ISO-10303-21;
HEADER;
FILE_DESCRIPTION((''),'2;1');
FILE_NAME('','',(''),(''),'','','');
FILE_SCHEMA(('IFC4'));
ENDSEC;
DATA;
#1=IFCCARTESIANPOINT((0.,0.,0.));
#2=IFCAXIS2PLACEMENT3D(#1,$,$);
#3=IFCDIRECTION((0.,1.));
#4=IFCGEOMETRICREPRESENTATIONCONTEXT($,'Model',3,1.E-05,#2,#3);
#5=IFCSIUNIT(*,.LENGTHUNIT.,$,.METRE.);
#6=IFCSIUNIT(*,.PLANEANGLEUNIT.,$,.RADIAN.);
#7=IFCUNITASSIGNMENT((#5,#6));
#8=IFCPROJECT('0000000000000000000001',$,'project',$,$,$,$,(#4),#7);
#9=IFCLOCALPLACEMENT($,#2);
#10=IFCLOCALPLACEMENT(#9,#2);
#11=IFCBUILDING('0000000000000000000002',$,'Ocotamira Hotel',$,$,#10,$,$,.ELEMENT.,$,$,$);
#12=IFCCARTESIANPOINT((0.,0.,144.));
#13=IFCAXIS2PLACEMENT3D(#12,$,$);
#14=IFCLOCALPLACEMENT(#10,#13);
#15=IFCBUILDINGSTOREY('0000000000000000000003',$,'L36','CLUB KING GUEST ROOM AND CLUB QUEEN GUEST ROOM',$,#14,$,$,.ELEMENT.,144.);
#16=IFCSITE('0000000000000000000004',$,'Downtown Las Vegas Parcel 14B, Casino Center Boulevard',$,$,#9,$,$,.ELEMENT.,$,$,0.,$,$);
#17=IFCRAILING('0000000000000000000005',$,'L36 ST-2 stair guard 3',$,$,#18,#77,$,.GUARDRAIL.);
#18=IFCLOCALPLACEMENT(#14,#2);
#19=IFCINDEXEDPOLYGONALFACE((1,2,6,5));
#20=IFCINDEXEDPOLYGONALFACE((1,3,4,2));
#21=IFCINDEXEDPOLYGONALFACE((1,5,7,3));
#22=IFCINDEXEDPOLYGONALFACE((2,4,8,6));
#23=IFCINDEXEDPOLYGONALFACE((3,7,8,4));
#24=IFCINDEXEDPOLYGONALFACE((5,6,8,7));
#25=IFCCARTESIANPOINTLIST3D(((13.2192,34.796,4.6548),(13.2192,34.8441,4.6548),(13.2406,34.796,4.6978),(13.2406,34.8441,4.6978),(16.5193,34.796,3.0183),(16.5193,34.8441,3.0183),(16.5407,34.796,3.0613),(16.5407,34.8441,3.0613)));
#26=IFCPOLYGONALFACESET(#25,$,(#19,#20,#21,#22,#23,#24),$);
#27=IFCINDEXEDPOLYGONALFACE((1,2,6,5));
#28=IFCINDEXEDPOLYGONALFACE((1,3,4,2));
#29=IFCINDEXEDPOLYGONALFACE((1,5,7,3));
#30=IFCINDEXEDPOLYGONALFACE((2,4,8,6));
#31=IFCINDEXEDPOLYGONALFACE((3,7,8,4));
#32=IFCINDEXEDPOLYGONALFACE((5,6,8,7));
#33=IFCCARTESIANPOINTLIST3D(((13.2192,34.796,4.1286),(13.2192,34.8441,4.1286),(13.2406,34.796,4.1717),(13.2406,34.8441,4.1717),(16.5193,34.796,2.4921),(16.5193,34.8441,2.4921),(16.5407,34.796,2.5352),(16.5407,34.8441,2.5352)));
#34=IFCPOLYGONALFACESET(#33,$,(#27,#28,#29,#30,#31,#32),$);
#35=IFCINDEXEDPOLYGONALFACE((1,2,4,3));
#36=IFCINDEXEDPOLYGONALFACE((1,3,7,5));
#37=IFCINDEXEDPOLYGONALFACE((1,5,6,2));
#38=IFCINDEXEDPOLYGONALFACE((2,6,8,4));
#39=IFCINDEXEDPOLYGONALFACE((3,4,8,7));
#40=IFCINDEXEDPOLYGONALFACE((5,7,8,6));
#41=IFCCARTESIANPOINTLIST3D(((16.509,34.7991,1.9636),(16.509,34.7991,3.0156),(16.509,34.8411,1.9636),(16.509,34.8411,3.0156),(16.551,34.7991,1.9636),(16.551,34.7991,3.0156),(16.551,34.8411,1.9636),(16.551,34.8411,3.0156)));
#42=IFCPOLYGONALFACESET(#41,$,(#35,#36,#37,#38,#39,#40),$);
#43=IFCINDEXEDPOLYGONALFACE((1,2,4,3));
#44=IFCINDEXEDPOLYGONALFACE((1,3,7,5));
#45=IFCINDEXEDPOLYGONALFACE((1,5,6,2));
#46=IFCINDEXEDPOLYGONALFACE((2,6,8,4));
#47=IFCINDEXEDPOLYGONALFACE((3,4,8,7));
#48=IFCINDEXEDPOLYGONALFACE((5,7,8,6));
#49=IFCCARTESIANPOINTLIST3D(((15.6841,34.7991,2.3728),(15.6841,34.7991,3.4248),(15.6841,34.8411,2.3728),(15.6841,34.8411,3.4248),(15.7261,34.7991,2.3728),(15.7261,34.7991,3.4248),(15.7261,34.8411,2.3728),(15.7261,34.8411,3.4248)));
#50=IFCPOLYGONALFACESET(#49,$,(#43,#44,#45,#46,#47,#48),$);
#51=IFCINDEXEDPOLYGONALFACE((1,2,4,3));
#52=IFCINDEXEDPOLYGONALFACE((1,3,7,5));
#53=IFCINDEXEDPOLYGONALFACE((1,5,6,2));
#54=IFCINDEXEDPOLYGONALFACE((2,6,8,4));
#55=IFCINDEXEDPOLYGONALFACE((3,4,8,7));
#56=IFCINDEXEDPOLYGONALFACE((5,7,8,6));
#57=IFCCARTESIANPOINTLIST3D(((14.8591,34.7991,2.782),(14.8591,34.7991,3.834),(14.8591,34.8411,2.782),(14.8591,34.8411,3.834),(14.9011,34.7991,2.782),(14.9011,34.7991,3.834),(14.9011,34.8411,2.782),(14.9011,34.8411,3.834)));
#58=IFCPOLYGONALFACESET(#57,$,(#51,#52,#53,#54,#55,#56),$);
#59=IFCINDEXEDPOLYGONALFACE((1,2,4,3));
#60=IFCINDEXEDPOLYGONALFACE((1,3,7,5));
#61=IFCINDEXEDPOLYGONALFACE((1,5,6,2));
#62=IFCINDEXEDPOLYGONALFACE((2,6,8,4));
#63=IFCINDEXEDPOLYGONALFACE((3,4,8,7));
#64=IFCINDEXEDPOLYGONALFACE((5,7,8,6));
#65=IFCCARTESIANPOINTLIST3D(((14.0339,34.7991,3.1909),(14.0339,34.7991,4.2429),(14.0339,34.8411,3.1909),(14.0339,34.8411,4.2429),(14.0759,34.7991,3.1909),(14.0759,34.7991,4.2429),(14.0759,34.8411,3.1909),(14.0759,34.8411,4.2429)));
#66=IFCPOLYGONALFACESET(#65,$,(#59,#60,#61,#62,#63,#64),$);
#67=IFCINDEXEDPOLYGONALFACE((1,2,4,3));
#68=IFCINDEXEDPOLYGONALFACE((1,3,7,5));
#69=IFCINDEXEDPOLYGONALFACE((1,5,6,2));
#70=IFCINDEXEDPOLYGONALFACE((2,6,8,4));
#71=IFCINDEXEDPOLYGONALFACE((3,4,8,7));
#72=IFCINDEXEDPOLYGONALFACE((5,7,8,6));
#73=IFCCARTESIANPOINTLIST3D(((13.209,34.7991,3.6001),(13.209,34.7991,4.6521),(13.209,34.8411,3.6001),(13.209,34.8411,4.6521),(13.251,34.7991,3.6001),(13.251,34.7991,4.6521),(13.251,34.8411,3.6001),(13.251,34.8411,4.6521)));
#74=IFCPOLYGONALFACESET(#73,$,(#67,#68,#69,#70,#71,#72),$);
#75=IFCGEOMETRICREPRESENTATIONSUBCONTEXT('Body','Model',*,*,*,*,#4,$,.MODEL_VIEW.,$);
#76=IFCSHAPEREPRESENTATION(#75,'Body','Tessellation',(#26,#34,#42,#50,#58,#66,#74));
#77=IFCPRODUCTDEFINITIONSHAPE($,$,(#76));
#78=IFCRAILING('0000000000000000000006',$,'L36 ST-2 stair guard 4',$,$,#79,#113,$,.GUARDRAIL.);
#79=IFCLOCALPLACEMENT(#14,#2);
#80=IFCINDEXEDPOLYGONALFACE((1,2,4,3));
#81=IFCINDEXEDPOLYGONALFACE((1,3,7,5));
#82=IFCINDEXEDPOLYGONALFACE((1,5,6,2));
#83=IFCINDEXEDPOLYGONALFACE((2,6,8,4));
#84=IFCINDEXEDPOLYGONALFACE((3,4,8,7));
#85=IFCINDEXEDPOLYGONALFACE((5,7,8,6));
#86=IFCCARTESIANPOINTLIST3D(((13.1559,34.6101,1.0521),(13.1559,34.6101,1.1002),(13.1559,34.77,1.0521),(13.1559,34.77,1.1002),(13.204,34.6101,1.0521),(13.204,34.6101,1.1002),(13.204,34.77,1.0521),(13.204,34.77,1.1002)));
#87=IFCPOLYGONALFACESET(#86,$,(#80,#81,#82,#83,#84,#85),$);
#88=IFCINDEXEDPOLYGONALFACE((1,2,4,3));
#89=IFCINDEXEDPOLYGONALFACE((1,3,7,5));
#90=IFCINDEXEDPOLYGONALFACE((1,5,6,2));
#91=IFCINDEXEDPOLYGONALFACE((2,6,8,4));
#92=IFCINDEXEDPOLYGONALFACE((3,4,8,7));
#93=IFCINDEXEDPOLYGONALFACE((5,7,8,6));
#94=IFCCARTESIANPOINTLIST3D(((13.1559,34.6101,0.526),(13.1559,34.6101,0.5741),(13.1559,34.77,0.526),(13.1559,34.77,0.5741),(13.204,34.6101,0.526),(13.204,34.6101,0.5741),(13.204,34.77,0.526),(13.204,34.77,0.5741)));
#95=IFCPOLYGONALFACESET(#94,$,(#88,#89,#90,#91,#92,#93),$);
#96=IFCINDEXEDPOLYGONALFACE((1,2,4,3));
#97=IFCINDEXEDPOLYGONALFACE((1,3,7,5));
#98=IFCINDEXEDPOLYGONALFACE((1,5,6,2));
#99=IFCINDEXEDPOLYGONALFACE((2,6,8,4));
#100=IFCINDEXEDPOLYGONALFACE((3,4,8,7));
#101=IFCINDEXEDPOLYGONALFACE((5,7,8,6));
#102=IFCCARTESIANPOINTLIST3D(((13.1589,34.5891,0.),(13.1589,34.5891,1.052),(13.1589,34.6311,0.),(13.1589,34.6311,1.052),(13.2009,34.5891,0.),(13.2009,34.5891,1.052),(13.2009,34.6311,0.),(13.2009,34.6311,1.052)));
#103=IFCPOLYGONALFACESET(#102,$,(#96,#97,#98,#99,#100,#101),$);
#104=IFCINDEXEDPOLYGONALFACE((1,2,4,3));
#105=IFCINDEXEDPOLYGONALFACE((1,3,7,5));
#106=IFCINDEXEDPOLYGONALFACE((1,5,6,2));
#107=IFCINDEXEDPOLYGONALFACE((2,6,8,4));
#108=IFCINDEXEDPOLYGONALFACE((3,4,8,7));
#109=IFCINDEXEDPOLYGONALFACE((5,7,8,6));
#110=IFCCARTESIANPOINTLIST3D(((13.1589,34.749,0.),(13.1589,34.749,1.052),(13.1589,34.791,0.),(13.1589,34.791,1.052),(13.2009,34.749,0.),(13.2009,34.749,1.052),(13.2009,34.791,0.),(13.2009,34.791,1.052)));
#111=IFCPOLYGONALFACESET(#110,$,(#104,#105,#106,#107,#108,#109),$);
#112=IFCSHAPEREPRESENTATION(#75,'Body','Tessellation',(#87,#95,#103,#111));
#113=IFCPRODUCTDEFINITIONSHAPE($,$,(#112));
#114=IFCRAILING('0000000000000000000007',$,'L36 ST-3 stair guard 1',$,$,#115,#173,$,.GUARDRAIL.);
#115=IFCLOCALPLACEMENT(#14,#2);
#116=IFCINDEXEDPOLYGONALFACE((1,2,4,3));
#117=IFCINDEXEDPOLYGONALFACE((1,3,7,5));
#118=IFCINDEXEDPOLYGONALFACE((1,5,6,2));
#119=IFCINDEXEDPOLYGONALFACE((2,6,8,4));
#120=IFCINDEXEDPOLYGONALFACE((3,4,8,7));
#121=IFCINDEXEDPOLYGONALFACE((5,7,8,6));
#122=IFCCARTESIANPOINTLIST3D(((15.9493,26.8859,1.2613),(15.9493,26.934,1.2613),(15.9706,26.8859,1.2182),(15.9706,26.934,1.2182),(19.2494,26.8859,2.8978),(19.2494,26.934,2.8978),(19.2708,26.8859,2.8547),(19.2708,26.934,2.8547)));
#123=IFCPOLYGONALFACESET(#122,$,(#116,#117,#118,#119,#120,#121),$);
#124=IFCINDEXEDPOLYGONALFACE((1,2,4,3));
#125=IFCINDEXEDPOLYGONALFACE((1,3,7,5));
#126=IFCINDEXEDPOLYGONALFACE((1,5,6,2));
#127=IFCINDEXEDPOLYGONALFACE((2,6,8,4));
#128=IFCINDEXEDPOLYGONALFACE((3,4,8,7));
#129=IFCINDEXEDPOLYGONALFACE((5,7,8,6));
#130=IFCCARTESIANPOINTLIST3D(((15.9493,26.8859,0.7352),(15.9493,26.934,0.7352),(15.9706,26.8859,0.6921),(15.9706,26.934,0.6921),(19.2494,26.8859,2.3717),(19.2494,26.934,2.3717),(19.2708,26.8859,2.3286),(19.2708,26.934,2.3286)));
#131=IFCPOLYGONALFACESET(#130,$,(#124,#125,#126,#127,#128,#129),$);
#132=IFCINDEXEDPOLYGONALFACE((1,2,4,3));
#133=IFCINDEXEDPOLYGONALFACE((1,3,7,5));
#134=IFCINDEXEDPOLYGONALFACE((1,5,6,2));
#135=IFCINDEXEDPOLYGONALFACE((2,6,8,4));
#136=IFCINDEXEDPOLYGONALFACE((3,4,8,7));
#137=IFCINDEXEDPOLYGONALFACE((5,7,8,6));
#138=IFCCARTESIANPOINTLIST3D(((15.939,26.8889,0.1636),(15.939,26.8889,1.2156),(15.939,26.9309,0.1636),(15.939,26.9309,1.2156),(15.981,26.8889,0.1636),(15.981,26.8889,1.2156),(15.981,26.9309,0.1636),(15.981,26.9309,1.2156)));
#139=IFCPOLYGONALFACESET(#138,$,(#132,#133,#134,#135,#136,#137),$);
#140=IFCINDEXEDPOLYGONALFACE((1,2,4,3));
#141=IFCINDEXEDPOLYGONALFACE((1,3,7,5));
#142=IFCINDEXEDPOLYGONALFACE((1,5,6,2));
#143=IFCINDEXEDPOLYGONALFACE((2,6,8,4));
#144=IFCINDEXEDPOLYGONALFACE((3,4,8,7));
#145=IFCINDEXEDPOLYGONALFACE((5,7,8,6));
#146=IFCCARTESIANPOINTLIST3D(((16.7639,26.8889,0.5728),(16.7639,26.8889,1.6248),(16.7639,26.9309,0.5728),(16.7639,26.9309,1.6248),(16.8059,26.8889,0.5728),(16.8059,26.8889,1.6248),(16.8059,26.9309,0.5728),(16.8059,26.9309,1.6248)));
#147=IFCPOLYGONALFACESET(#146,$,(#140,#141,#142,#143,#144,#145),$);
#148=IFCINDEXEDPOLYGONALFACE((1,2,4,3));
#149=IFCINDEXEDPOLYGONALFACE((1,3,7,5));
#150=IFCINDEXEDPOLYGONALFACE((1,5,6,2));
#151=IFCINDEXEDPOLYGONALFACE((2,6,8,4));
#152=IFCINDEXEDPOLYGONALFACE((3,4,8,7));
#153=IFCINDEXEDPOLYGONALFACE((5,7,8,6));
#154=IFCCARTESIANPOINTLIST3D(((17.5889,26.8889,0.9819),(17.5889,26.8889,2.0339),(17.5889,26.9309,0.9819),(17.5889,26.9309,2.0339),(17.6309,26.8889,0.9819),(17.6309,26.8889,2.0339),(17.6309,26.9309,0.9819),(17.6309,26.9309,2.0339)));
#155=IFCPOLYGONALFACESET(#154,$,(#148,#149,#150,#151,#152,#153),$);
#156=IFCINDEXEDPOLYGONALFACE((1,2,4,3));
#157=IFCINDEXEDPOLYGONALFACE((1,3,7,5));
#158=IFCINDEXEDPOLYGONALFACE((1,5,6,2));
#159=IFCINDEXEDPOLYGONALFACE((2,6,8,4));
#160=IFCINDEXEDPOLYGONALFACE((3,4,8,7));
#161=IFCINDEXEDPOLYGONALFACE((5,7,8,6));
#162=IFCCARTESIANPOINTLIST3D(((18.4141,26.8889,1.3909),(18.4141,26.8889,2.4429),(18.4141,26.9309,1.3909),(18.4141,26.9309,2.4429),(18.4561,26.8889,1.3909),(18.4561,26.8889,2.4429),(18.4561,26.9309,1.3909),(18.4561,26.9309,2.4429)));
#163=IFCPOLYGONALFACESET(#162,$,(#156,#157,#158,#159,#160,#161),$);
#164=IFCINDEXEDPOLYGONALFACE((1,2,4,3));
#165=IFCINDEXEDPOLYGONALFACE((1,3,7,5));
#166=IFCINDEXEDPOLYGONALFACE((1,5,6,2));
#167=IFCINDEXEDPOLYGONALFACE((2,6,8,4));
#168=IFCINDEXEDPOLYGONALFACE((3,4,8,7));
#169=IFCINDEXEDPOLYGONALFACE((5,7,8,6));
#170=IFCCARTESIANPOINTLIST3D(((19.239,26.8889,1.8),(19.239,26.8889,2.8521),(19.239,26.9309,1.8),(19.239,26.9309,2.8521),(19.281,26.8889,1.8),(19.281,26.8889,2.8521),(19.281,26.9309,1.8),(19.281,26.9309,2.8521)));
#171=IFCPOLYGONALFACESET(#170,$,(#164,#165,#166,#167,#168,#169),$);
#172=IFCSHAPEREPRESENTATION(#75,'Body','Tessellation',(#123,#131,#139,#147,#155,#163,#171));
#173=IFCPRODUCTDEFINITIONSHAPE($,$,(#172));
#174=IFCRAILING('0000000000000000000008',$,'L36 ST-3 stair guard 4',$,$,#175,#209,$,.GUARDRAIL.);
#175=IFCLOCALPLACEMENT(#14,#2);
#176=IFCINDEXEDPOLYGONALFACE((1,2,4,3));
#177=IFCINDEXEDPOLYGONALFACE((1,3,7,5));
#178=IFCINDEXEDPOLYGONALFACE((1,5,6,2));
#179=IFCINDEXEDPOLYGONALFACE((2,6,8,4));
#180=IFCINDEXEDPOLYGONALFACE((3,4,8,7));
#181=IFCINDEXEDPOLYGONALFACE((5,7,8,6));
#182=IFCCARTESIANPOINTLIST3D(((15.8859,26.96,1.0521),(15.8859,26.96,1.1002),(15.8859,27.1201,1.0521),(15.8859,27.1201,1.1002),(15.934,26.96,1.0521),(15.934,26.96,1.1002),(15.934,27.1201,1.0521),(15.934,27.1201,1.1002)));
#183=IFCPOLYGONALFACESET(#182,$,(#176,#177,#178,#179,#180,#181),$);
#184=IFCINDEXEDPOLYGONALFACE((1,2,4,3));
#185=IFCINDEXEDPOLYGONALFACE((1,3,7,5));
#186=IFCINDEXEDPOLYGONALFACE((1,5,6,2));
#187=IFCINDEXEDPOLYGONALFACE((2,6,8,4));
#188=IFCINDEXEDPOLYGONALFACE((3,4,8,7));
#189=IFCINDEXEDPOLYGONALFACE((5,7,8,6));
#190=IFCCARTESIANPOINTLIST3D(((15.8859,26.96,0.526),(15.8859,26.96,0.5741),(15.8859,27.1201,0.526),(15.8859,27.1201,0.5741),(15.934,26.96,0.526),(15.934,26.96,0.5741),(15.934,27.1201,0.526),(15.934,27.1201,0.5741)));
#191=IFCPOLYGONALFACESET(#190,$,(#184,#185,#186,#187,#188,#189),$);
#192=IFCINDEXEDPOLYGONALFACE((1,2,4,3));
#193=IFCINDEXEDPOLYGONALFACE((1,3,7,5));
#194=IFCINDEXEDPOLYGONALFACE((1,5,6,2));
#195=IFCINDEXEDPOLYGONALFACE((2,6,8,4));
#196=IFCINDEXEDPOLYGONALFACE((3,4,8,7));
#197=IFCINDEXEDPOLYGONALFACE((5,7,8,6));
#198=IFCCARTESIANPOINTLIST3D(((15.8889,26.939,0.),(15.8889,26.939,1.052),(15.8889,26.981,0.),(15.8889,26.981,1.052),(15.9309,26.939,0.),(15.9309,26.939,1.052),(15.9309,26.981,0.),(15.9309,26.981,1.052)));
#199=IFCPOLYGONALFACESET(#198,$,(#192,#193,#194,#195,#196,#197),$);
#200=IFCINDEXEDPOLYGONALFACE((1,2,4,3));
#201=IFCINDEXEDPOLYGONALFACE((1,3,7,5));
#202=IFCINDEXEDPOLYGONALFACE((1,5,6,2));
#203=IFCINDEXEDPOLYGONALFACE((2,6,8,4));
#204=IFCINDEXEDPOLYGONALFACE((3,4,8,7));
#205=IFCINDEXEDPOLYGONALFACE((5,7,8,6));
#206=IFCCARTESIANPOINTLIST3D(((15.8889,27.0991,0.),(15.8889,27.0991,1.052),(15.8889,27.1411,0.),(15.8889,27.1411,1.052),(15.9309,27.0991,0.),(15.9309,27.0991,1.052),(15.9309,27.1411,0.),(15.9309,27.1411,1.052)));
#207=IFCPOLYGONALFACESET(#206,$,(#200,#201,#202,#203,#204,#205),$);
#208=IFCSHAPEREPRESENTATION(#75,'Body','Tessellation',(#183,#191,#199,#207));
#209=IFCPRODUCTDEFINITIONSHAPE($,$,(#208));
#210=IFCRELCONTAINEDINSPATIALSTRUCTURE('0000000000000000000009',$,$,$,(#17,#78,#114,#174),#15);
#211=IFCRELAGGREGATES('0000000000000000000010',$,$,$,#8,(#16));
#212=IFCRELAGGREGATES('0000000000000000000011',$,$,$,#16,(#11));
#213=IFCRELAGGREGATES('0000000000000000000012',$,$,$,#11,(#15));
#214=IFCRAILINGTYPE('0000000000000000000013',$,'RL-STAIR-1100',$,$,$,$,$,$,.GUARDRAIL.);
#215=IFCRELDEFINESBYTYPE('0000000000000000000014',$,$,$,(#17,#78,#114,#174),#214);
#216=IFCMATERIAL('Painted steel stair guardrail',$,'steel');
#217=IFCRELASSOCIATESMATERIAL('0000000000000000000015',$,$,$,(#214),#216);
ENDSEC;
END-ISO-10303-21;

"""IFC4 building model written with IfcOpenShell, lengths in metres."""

from ifc_helpers import new_model, si_unit, direction, frame, origin, origin_2d, place, context, subcontext, project, spatial, rectangle, extrude, material, type_object, element, save


model = new_model("IFC4")

# Units and contexts
model_context = context("Model", 3, precision=1e-05, world=origin(), true_north=direction((0.0, 1.0)))
body_context = subcontext(model_context, "Body", "Model", "MODEL_VIEW")
ifc_project = project(units=[si_unit("LENGTHUNIT", "METRE"), si_unit("PLANEANGLEUNIT", "RADIAN")], contexts=[model_context])

# Site, building, storey
site_placement = place(None, origin())
site = spatial("IfcSite", under=ifc_project, at=site_placement, Name="Downtown Las Vegas Parcel 14B, Casino Center Boulevard", CompositionType="ELEMENT", RefElevation=0.0)
building_placement = place(site_placement, origin())
building = spatial("IfcBuilding", under=site, at=building_placement, Name="Ocotamira Hotel", CompositionType="ELEMENT")
storey_placement = place(building_placement, frame((0.0, 0.0, 144.0)))
storey = spatial("IfcBuildingStorey", under=building, at=storey_placement, Name="L36", Description="CLUB KING GUEST ROOM AND CLUB QUEEN GUEST ROOM", CompositionType="ELEMENT", Elevation=144.0)

# Railings
ifc_material_1 = material(Name="Painted steel stair guardrail", Category="steel")
railing_type_1 = type_object("IfcRailingType", Name="RL-STAIR-1100", PredefinedType="GUARDRAIL", material=ifc_material_1)
railing_1_placement = place(storey_placement, frame((16.53, 34.8201, 1.9636)))
element("IfcRailing", 1, at=railing_1_placement, inside=storey, type_object=railing_type_1, Name="L36 ST-2 stair guard 3", PredefinedType="GUARDRAIL", context=body_context, shape_type="SweptSolid", body=[
    extrude(rectangle(XDim=0.0481, YDim=0.0481, at=origin_2d()), frame((0.0, 0.0, 1.0762), z_axis=(-0.895894, 0.0, 0.444268), x_axis=(0.0, -1.0, 0.0)), (0.0, 0.0, 1.0), 3.6836),
    extrude(rectangle(XDim=0.0481, YDim=0.0481, at=origin_2d()), frame((0.0, 0.0, 0.55), z_axis=(-0.895894, 0.0, 0.444268), x_axis=(0.0, -1.0, 0.0)), (0.0, 0.0, 1.0), 3.6836),
    extrude(rectangle(XDim=0.042, YDim=0.042, at=origin_2d()), origin(), (0.0, 0.0, 1.0), 1.052),
    extrude(rectangle(XDim=0.042, YDim=0.042, at=origin_2d()), frame((-0.825, 0.0, 0.4092)), (0.0, 0.0, 1.0), 1.052),
    extrude(rectangle(XDim=0.042, YDim=0.042, at=origin_2d()), frame((-1.6499, 0.0, 0.8184)), (0.0, 0.0, 1.0), 1.052),
    extrude(rectangle(XDim=0.042, YDim=0.042, at=origin_2d()), frame((-2.4751, 0.0, 1.2273)), (0.0, 0.0, 1.0), 1.052),
    extrude(rectangle(XDim=0.042, YDim=0.042, at=origin_2d()), frame((-3.3, 0.0, 1.6365)), (0.0, 0.0, 1.0), 1.052),
])
railing_2_placement = place(storey_placement, frame((13.1799, 34.6101, 0.0)))
element("IfcRailing", 2, at=railing_2_placement, inside=storey, type_object=railing_type_1, Name="L36 ST-2 stair guard 4", PredefinedType="GUARDRAIL", context=body_context, shape_type="SweptSolid", body=[
    extrude(rectangle(XDim=0.0481, YDim=0.0481, at=origin_2d()), frame((0.0, 0.0, 1.0762), z_axis=(0.0, 1.0, 0.0), x_axis=(-1.0, 0.0, 0.0)), (0.0, 0.0, 1.0), 0.1599),
    extrude(rectangle(XDim=0.0481, YDim=0.0481, at=origin_2d()), frame((0.0, 0.0, 0.55), z_axis=(0.0, 1.0, 0.0), x_axis=(-1.0, 0.0, 0.0)), (0.0, 0.0, 1.0), 0.1599),
    extrude(rectangle(XDim=0.042, YDim=0.042, at=origin_2d()), origin(), (0.0, 0.0, 1.0), 1.052),
    extrude(rectangle(XDim=0.042, YDim=0.042, at=origin_2d()), frame((0.0, 0.1599, 0.0)), (0.0, 0.0, 1.0), 1.052),
])
railing_3_placement = place(storey_placement, frame((15.96, 26.9099, 0.1636)))
element("IfcRailing", 3, at=railing_3_placement, inside=storey, type_object=railing_type_1, Name="L36 ST-3 stair guard 1", PredefinedType="GUARDRAIL", context=body_context, shape_type="SweptSolid", body=[
    extrude(rectangle(XDim=0.0481, YDim=0.0481, at=origin_2d()), frame((0.0, 0.0, 1.0762), z_axis=(0.895894, 0.0, 0.444268), x_axis=(0.0, 1.0, 0.0)), (0.0, 0.0, 1.0), 3.6836),
    extrude(rectangle(XDim=0.0481, YDim=0.0481, at=origin_2d()), frame((0.0, 0.0, 0.55), z_axis=(0.895894, 0.0, 0.444268), x_axis=(0.0, 1.0, 0.0)), (0.0, 0.0, 1.0), 3.6836),
    extrude(rectangle(XDim=0.042, YDim=0.042, at=origin_2d()), origin(), (0.0, 0.0, 1.0), 1.052),
    extrude(rectangle(XDim=0.042, YDim=0.042, at=origin_2d()), frame((0.825, 0.0, 0.4092)), (0.0, 0.0, 1.0), 1.052),
    extrude(rectangle(XDim=0.042, YDim=0.042, at=origin_2d()), frame((1.6499, 0.0, 0.8184)), (0.0, 0.0, 1.0), 1.052),
    extrude(rectangle(XDim=0.042, YDim=0.042, at=origin_2d()), frame((2.4751, 0.0, 1.2273)), (0.0, 0.0, 1.0), 1.052),
    extrude(rectangle(XDim=0.042, YDim=0.042, at=origin_2d()), frame((3.3, 0.0, 1.6365)), (0.0, 0.0, 1.0), 1.052),
])
railing_4_placement = place(storey_placement, frame((15.9099, 26.96, 0.0)))
element("IfcRailing", 4, at=railing_4_placement, inside=storey, type_object=railing_type_1, Name="L36 ST-3 stair guard 4", PredefinedType="GUARDRAIL", context=body_context, shape_type="SweptSolid", body=[
    extrude(rectangle(XDim=0.0481, YDim=0.0481, at=origin_2d()), frame((0.0, 0.0, 1.0762), z_axis=(0.0, 1.0, 0.0), x_axis=(-1.0, 0.0, 0.0)), (0.0, 0.0, 1.0), 0.1602),
    extrude(rectangle(XDim=0.0481, YDim=0.0481, at=origin_2d()), frame((0.0, 0.0, 0.55), z_axis=(0.0, 1.0, 0.0), x_axis=(-1.0, 0.0, 0.0)), (0.0, 0.0, 1.0), 0.1602),
    extrude(rectangle(XDim=0.042, YDim=0.042, at=origin_2d()), origin(), (0.0, 0.0, 1.0), 1.052),
    extrude(rectangle(XDim=0.042, YDim=0.042, at=origin_2d()), frame((0.0, 0.1602, 0.0)), (0.0, 0.0, 1.0), 1.052),
])

save(model, "model.ifc")
